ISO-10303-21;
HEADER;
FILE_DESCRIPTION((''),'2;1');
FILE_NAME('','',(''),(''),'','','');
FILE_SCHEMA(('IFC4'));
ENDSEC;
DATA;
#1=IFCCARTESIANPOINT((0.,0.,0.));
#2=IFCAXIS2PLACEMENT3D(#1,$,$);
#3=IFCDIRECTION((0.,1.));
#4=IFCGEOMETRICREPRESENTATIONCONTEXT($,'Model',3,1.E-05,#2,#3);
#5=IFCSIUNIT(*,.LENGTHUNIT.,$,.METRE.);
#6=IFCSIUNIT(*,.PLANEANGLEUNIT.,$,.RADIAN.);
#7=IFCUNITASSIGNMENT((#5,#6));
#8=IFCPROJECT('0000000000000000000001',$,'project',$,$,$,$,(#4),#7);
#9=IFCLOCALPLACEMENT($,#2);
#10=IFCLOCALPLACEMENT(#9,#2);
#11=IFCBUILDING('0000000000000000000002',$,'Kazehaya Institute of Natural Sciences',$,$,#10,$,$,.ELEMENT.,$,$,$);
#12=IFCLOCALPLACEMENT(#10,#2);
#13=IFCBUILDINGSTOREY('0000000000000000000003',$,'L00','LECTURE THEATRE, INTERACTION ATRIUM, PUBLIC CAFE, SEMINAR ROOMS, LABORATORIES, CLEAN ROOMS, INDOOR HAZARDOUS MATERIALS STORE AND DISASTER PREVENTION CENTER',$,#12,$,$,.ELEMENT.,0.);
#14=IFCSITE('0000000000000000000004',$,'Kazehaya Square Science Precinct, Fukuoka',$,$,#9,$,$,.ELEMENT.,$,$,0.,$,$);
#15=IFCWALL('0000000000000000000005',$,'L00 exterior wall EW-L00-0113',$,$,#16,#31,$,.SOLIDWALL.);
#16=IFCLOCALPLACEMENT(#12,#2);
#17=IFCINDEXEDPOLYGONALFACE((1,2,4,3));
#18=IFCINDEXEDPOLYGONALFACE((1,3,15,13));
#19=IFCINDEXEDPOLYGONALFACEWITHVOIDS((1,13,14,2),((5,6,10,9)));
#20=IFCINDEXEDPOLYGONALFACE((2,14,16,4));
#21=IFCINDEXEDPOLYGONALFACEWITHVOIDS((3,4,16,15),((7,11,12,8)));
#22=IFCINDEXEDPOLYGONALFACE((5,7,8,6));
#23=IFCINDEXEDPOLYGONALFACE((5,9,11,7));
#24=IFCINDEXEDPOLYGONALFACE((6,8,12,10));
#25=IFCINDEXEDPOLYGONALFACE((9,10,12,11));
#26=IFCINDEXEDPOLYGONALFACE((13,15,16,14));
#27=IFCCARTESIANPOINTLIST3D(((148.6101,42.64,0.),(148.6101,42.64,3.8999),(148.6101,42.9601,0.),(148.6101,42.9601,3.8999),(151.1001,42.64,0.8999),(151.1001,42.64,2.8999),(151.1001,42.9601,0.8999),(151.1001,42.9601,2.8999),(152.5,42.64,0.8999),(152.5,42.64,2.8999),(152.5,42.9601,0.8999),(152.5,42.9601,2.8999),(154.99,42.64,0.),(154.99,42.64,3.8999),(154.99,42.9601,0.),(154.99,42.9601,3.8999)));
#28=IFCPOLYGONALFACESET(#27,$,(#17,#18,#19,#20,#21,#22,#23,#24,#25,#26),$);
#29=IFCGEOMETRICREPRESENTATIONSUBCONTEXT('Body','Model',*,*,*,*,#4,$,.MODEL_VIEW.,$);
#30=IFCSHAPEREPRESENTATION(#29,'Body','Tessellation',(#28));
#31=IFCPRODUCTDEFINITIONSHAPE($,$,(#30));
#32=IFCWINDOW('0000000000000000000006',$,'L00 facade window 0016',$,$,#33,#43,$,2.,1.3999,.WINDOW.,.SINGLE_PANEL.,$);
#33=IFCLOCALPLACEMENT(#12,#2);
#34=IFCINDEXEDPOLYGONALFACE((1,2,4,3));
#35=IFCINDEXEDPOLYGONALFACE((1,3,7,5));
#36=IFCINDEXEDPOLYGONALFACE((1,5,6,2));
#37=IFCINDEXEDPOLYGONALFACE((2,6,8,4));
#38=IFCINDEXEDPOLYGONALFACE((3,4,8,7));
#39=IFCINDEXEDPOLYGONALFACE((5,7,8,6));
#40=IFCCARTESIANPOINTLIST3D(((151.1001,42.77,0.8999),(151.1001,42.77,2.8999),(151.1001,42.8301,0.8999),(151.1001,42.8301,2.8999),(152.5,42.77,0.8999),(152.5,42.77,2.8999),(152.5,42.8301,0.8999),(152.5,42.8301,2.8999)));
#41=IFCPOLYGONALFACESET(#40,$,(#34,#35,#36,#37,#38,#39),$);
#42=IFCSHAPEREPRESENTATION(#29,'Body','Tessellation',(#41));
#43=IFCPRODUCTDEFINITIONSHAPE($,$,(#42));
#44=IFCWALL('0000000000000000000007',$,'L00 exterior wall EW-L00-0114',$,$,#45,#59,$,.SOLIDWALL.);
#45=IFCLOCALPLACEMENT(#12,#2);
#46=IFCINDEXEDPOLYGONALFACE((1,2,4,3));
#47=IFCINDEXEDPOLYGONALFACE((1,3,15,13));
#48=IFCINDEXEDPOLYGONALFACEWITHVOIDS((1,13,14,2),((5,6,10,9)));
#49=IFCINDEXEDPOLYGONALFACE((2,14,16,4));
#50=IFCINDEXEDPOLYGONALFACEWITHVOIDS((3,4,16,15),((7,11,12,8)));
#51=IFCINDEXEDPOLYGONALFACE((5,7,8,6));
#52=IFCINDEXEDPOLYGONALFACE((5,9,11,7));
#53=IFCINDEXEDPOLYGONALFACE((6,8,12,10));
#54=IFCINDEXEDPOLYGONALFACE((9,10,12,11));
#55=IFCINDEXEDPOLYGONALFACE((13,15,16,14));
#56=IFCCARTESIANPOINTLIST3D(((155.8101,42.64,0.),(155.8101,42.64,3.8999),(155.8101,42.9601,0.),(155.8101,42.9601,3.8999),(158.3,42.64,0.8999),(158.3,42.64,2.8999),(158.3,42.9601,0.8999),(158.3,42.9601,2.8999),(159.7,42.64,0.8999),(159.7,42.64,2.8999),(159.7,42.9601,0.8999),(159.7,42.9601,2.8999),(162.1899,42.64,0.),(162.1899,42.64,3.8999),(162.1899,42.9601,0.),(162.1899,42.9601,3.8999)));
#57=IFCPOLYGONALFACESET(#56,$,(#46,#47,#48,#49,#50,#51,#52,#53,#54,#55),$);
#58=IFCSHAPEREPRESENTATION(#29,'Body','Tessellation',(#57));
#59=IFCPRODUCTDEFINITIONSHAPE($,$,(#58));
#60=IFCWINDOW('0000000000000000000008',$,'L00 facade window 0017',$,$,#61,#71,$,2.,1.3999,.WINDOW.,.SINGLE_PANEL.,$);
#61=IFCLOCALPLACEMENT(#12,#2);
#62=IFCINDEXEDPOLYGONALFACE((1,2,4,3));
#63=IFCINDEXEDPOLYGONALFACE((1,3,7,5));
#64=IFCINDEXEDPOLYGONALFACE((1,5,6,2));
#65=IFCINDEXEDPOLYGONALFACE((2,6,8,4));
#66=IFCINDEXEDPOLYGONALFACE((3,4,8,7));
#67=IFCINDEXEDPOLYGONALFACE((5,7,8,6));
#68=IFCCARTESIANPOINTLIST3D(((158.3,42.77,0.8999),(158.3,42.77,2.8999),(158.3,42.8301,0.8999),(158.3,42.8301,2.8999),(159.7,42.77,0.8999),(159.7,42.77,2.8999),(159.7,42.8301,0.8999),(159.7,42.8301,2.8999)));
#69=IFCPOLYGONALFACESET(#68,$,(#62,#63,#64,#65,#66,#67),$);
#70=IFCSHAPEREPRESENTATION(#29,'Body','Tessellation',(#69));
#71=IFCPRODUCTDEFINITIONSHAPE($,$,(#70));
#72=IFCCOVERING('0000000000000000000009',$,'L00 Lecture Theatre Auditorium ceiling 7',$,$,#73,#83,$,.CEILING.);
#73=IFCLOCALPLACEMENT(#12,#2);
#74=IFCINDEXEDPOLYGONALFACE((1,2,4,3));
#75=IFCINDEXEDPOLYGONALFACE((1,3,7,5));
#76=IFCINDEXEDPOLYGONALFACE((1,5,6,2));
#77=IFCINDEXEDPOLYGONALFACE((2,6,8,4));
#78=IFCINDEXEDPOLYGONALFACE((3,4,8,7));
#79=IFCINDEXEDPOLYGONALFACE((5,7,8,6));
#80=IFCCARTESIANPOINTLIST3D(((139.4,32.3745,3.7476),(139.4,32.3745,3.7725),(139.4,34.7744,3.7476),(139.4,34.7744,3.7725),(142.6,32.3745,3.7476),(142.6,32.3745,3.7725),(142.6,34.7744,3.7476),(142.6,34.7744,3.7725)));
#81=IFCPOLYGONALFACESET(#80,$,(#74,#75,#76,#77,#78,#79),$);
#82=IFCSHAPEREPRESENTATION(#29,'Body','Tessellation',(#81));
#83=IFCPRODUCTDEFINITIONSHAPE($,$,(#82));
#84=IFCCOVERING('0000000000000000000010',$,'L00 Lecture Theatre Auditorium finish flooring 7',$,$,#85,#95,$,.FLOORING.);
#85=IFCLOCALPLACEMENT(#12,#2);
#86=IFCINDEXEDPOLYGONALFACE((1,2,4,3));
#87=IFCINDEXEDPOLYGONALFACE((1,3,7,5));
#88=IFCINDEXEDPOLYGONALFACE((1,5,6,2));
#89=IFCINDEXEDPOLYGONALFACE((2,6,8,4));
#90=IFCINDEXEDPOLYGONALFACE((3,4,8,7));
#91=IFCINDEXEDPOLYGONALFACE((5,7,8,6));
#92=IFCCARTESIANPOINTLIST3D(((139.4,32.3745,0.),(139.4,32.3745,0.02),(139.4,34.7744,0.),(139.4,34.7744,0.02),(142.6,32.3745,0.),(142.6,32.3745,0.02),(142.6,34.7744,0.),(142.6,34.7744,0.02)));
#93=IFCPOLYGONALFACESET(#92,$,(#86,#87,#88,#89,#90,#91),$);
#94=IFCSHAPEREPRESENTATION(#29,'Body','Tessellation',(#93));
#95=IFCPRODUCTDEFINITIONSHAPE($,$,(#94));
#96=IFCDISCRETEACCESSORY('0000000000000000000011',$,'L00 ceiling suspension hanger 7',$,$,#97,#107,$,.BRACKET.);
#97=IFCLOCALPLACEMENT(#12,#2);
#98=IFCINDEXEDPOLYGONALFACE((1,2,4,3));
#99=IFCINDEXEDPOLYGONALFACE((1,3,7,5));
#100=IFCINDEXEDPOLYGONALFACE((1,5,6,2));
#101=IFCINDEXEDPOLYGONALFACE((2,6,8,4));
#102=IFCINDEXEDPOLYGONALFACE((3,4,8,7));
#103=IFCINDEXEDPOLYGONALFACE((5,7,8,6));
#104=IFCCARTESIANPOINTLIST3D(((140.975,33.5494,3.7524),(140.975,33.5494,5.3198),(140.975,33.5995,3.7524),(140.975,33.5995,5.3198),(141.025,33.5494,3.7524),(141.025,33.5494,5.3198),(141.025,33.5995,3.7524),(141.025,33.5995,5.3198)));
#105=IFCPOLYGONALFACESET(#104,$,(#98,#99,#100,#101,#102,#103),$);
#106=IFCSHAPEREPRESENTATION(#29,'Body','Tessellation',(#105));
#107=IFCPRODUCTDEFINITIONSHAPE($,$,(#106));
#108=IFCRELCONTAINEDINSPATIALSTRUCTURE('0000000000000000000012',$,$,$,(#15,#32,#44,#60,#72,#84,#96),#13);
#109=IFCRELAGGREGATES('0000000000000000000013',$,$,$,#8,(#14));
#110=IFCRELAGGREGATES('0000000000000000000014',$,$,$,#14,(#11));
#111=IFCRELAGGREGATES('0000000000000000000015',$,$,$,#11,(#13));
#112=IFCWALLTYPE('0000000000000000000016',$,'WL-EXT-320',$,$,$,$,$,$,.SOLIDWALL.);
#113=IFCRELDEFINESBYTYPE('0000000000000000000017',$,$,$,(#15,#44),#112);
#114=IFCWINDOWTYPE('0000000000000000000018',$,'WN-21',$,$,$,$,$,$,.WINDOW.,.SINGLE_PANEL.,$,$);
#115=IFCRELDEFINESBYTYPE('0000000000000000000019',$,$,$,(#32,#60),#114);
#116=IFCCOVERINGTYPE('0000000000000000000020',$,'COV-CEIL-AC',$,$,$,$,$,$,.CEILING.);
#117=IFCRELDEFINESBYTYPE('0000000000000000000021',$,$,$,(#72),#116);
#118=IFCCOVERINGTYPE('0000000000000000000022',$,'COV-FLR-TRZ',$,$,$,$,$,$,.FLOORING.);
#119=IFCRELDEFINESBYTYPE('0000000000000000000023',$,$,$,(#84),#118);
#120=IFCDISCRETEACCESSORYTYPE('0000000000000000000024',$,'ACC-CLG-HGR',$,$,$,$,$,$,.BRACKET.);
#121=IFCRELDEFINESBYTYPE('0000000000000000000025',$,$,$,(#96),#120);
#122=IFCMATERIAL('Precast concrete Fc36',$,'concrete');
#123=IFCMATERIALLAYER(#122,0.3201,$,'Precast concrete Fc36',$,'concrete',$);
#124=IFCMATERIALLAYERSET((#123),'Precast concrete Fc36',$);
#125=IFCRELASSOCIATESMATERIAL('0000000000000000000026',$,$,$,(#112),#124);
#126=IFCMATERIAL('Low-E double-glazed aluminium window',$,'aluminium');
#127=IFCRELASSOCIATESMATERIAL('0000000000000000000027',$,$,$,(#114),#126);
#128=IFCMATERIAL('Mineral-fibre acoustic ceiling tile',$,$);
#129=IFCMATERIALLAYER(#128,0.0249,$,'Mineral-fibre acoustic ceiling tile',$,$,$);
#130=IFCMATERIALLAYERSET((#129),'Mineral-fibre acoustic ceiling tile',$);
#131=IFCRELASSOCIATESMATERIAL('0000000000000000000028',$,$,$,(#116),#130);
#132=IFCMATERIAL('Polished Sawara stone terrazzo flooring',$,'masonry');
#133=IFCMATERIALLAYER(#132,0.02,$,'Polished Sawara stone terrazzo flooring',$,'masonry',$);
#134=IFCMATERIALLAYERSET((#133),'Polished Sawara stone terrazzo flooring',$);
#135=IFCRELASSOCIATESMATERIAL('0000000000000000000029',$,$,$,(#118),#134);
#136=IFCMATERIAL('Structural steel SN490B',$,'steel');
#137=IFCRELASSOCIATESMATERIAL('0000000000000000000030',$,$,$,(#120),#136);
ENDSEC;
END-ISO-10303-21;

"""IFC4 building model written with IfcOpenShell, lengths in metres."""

from ifc_helpers import new_model, si_unit, direction, frame, frame_2d, origin, origin_2d, place, context, subcontext, project, spatial, rectangle, extrude, material, layer, layer_set, type_object, element, fill, save


model = new_model("IFC4")

# Units and contexts
model_context = context("Model", 3, precision=1e-05, world=origin(), true_north=direction((0.0, 1.0)))
body_context = subcontext(model_context, "Body", "Model", "MODEL_VIEW")
ifc_project = project(units=[si_unit("LENGTHUNIT", "METRE"), si_unit("PLANEANGLEUNIT", "RADIAN")], contexts=[model_context])

# Site, building, storey
site_placement = place(None, origin())
site = spatial("IfcSite", under=ifc_project, at=site_placement, Name="Kazehaya Square Science Precinct, Fukuoka", CompositionType="ELEMENT", RefElevation=0.0)
building_placement = place(site_placement, origin())
building = spatial("IfcBuilding", under=site, at=building_placement, Name="Kazehaya Institute of Natural Sciences", CompositionType="ELEMENT")
storey_placement = place(building_placement, origin())
storey = spatial("IfcBuildingStorey", under=building, at=storey_placement, Name="L00", Description="LECTURE THEATRE, INTERACTION ATRIUM, PUBLIC CAFE, SEMINAR ROOMS, LABORATORIES, CLEAN ROOMS, INDOOR HAZARDOUS MATERIALS STORE AND DISASTER PREVENTION CENTER", CompositionType="ELEMENT", Elevation=0.0)

# Shared definitions
ifc_material_1 = material(Name="Structural steel SN490B", Category="steel")

# Walls, openings, windows
ifc_material_2 = material(Name="Precast concrete Fc36", Category="concrete")
ifc_layer_1 = layer(ifc_material_2, 0.3201, Name="Precast concrete Fc36", Category="concrete")
ifc_layer_set_1 = layer_set([ifc_layer_1], Name="Precast concrete Fc36")
wall_type = type_object("IfcWallType", Name="WL-EXT-320", PredefinedType="SOLIDWALL", material=ifc_layer_set_1)
ifc_material_3 = material(Name="Low-E double-glazed aluminium window", Category="aluminium")
window_type = type_object("IfcWindowType", Name="WN-21", PartitioningType="SINGLE_PANEL", PredefinedType="WINDOW", material=ifc_material_3)
wall_1_placement = place(storey_placement, frame((148.6101, 42.8, 0.0), z_axis=(0.0, 0.0, 1.0), x_axis=(1.0, 0.0, 0.0)))
wall_1 = element("IfcWall", 1, at=wall_1_placement, inside=storey, type_object=wall_type, Name="L00 exterior wall EW-L00-0113", PredefinedType="SOLIDWALL", context=body_context, shape_type="SweptSolid", body=[
    extrude(rectangle(XDim=6.3799, YDim=0.3201, at=frame_2d((3.1899, 0.0))), origin(), (0.0, 0.0, 1.0), 3.8999),
])
opening_1_placement = place(wall_1_placement, frame((2.49, 0.0, 0.8999)))
opening_1 = element("IfcOpeningElement", 2, at=opening_1_placement, cuts=wall_1, PredefinedType="OPENING", context=body_context, shape_type="SweptSolid", body=[
    extrude(rectangle(XDim=1.3999, YDim=2.0, at=frame_2d((0.7, 1.0))), frame((0.0, 0.1699, 0.0), z_axis=(0.0, -1.0, 0.0), x_axis=(1.0, 0.0, 0.0)), (0.0, 0.0, 1.0), 0.3401),
])
window_1_placement = place(opening_1_placement, origin())
window_1 = element("IfcWindow", 3, at=window_1_placement, inside=storey, type_object=window_type, Name="L00 facade window 0016", OverallHeight=2.0, OverallWidth=1.3999, PartitioningType="SINGLE_PANEL", PredefinedType="WINDOW", context=body_context, shape_type="SweptSolid", body=[
    extrude(rectangle(XDim=1.3999, YDim=2.0, at=frame_2d((0.7, 1.0))), frame((0.0, 0.03, 0.0), z_axis=(0.0, -1.0, 0.0), x_axis=(1.0, 0.0, 0.0)), (0.0, 0.0, 1.0), 0.0601),
])
fill(opening_1, window_1)
wall_2_placement = place(storey_placement, frame((155.8101, 42.8, 0.0), z_axis=(0.0, 0.0, 1.0), x_axis=(1.0, 0.0, 0.0)))
wall_2 = element("IfcWall", 4, at=wall_2_placement, inside=storey, type_object=wall_type, Name="L00 exterior wall EW-L00-0114", PredefinedType="SOLIDWALL", context=body_context, shape_type="SweptSolid", body=[
    extrude(rectangle(XDim=6.3799, YDim=0.3201, at=frame_2d((3.1899, 0.0))), origin(), (0.0, 0.0, 1.0), 3.8999),
])
opening_2_placement = place(wall_2_placement, frame((2.49, 0.0, 0.8999)))
opening_2 = element("IfcOpeningElement", 5, at=opening_2_placement, cuts=wall_2, PredefinedType="OPENING", context=body_context, shape_type="SweptSolid", body=[
    extrude(rectangle(XDim=1.3999, YDim=2.0, at=frame_2d((0.7, 1.0))), frame((0.0, 0.1699, 0.0), z_axis=(0.0, -1.0, 0.0), x_axis=(1.0, 0.0, 0.0)), (0.0, 0.0, 1.0), 0.3401),
])
window_2_placement = place(opening_2_placement, origin())
window_2 = element("IfcWindow", 6, at=window_2_placement, inside=storey, type_object=window_type, Name="L00 facade window 0017", OverallHeight=2.0, OverallWidth=1.3999, PartitioningType="SINGLE_PANEL", PredefinedType="WINDOW", context=body_context, shape_type="SweptSolid", body=[
    extrude(rectangle(XDim=1.3999, YDim=2.0, at=frame_2d((0.7, 1.0))), frame((0.0, 0.03, 0.0), z_axis=(0.0, -1.0, 0.0), x_axis=(1.0, 0.0, 0.0)), (0.0, 0.0, 1.0), 0.0601),
])
fill(opening_2, window_2)

# Coverings
ifc_material_4 = material(Name="Mineral-fibre acoustic ceiling tile")
ifc_layer_2 = layer(ifc_material_4, 0.0249, Name="Mineral-fibre acoustic ceiling tile")
ifc_layer_set_2 = layer_set([ifc_layer_2], Name="Mineral-fibre acoustic ceiling tile")
covering_type_1 = type_object("IfcCoveringType", Name="COV-CEIL-AC", PredefinedType="CEILING", material=ifc_layer_set_2)
covering_1_placement = place(storey_placement, frame((141.0, 33.5745, 3.7476), z_axis=(0.0, 0.0, 1.0), x_axis=(1.0, 0.0, 0.0)))
element("IfcCovering", 7, at=covering_1_placement, inside=storey, type_object=covering_type_1, Name="L00 Lecture Theatre Auditorium ceiling 7", PredefinedType="CEILING", context=body_context, shape_type="SweptSolid", body=[
    extrude(rectangle(XDim=3.2, YDim=2.3999, at=origin_2d()), origin(), (0.0, 0.0, 1.0), 0.0249),
])
ifc_material_5 = material(Name="Polished Sawara stone terrazzo flooring", Category="masonry")
ifc_layer_3 = layer(ifc_material_5, 0.02, Name="Polished Sawara stone terrazzo flooring", Category="masonry")
ifc_layer_set_3 = layer_set([ifc_layer_3], Name="Polished Sawara stone terrazzo flooring")
covering_type_2 = type_object("IfcCoveringType", Name="COV-FLR-TRZ", PredefinedType="FLOORING", material=ifc_layer_set_3)
covering_2_placement = place(storey_placement, frame((141.0, 33.5745, 0.0), z_axis=(0.0, 0.0, 1.0), x_axis=(1.0, 0.0, 0.0)))
element("IfcCovering", 8, at=covering_2_placement, inside=storey, type_object=covering_type_2, Name="L00 Lecture Theatre Auditorium finish flooring 7", PredefinedType="FLOORING", context=body_context, shape_type="SweptSolid", body=[
    extrude(rectangle(XDim=3.2, YDim=2.3999, at=origin_2d()), origin(), (0.0, 0.0, 1.0), 0.02),
])

# Discrete accessory
discrete_accessory_type = type_object("IfcDiscreteAccessoryType", Name="ACC-CLG-HGR", PredefinedType="BRACKET", material=ifc_material_1)
discrete_accessory_placement = place(storey_placement, frame((141.0, 33.5745, 3.7524), z_axis=(0.0, 0.0, 1.0), x_axis=(1.0, 0.0, 0.0)))
element("IfcDiscreteAccessory", 9, at=discrete_accessory_placement, inside=storey, type_object=discrete_accessory_type, Name="L00 ceiling suspension hanger 7", PredefinedType="BRACKET", context=body_context, shape_type="SweptSolid", body=[
    extrude(rectangle(XDim=0.05, YDim=0.05, at=origin_2d()), origin(), (0.0, 0.0, 1.0), 1.5674),
])

save(model, "model.ifc")
